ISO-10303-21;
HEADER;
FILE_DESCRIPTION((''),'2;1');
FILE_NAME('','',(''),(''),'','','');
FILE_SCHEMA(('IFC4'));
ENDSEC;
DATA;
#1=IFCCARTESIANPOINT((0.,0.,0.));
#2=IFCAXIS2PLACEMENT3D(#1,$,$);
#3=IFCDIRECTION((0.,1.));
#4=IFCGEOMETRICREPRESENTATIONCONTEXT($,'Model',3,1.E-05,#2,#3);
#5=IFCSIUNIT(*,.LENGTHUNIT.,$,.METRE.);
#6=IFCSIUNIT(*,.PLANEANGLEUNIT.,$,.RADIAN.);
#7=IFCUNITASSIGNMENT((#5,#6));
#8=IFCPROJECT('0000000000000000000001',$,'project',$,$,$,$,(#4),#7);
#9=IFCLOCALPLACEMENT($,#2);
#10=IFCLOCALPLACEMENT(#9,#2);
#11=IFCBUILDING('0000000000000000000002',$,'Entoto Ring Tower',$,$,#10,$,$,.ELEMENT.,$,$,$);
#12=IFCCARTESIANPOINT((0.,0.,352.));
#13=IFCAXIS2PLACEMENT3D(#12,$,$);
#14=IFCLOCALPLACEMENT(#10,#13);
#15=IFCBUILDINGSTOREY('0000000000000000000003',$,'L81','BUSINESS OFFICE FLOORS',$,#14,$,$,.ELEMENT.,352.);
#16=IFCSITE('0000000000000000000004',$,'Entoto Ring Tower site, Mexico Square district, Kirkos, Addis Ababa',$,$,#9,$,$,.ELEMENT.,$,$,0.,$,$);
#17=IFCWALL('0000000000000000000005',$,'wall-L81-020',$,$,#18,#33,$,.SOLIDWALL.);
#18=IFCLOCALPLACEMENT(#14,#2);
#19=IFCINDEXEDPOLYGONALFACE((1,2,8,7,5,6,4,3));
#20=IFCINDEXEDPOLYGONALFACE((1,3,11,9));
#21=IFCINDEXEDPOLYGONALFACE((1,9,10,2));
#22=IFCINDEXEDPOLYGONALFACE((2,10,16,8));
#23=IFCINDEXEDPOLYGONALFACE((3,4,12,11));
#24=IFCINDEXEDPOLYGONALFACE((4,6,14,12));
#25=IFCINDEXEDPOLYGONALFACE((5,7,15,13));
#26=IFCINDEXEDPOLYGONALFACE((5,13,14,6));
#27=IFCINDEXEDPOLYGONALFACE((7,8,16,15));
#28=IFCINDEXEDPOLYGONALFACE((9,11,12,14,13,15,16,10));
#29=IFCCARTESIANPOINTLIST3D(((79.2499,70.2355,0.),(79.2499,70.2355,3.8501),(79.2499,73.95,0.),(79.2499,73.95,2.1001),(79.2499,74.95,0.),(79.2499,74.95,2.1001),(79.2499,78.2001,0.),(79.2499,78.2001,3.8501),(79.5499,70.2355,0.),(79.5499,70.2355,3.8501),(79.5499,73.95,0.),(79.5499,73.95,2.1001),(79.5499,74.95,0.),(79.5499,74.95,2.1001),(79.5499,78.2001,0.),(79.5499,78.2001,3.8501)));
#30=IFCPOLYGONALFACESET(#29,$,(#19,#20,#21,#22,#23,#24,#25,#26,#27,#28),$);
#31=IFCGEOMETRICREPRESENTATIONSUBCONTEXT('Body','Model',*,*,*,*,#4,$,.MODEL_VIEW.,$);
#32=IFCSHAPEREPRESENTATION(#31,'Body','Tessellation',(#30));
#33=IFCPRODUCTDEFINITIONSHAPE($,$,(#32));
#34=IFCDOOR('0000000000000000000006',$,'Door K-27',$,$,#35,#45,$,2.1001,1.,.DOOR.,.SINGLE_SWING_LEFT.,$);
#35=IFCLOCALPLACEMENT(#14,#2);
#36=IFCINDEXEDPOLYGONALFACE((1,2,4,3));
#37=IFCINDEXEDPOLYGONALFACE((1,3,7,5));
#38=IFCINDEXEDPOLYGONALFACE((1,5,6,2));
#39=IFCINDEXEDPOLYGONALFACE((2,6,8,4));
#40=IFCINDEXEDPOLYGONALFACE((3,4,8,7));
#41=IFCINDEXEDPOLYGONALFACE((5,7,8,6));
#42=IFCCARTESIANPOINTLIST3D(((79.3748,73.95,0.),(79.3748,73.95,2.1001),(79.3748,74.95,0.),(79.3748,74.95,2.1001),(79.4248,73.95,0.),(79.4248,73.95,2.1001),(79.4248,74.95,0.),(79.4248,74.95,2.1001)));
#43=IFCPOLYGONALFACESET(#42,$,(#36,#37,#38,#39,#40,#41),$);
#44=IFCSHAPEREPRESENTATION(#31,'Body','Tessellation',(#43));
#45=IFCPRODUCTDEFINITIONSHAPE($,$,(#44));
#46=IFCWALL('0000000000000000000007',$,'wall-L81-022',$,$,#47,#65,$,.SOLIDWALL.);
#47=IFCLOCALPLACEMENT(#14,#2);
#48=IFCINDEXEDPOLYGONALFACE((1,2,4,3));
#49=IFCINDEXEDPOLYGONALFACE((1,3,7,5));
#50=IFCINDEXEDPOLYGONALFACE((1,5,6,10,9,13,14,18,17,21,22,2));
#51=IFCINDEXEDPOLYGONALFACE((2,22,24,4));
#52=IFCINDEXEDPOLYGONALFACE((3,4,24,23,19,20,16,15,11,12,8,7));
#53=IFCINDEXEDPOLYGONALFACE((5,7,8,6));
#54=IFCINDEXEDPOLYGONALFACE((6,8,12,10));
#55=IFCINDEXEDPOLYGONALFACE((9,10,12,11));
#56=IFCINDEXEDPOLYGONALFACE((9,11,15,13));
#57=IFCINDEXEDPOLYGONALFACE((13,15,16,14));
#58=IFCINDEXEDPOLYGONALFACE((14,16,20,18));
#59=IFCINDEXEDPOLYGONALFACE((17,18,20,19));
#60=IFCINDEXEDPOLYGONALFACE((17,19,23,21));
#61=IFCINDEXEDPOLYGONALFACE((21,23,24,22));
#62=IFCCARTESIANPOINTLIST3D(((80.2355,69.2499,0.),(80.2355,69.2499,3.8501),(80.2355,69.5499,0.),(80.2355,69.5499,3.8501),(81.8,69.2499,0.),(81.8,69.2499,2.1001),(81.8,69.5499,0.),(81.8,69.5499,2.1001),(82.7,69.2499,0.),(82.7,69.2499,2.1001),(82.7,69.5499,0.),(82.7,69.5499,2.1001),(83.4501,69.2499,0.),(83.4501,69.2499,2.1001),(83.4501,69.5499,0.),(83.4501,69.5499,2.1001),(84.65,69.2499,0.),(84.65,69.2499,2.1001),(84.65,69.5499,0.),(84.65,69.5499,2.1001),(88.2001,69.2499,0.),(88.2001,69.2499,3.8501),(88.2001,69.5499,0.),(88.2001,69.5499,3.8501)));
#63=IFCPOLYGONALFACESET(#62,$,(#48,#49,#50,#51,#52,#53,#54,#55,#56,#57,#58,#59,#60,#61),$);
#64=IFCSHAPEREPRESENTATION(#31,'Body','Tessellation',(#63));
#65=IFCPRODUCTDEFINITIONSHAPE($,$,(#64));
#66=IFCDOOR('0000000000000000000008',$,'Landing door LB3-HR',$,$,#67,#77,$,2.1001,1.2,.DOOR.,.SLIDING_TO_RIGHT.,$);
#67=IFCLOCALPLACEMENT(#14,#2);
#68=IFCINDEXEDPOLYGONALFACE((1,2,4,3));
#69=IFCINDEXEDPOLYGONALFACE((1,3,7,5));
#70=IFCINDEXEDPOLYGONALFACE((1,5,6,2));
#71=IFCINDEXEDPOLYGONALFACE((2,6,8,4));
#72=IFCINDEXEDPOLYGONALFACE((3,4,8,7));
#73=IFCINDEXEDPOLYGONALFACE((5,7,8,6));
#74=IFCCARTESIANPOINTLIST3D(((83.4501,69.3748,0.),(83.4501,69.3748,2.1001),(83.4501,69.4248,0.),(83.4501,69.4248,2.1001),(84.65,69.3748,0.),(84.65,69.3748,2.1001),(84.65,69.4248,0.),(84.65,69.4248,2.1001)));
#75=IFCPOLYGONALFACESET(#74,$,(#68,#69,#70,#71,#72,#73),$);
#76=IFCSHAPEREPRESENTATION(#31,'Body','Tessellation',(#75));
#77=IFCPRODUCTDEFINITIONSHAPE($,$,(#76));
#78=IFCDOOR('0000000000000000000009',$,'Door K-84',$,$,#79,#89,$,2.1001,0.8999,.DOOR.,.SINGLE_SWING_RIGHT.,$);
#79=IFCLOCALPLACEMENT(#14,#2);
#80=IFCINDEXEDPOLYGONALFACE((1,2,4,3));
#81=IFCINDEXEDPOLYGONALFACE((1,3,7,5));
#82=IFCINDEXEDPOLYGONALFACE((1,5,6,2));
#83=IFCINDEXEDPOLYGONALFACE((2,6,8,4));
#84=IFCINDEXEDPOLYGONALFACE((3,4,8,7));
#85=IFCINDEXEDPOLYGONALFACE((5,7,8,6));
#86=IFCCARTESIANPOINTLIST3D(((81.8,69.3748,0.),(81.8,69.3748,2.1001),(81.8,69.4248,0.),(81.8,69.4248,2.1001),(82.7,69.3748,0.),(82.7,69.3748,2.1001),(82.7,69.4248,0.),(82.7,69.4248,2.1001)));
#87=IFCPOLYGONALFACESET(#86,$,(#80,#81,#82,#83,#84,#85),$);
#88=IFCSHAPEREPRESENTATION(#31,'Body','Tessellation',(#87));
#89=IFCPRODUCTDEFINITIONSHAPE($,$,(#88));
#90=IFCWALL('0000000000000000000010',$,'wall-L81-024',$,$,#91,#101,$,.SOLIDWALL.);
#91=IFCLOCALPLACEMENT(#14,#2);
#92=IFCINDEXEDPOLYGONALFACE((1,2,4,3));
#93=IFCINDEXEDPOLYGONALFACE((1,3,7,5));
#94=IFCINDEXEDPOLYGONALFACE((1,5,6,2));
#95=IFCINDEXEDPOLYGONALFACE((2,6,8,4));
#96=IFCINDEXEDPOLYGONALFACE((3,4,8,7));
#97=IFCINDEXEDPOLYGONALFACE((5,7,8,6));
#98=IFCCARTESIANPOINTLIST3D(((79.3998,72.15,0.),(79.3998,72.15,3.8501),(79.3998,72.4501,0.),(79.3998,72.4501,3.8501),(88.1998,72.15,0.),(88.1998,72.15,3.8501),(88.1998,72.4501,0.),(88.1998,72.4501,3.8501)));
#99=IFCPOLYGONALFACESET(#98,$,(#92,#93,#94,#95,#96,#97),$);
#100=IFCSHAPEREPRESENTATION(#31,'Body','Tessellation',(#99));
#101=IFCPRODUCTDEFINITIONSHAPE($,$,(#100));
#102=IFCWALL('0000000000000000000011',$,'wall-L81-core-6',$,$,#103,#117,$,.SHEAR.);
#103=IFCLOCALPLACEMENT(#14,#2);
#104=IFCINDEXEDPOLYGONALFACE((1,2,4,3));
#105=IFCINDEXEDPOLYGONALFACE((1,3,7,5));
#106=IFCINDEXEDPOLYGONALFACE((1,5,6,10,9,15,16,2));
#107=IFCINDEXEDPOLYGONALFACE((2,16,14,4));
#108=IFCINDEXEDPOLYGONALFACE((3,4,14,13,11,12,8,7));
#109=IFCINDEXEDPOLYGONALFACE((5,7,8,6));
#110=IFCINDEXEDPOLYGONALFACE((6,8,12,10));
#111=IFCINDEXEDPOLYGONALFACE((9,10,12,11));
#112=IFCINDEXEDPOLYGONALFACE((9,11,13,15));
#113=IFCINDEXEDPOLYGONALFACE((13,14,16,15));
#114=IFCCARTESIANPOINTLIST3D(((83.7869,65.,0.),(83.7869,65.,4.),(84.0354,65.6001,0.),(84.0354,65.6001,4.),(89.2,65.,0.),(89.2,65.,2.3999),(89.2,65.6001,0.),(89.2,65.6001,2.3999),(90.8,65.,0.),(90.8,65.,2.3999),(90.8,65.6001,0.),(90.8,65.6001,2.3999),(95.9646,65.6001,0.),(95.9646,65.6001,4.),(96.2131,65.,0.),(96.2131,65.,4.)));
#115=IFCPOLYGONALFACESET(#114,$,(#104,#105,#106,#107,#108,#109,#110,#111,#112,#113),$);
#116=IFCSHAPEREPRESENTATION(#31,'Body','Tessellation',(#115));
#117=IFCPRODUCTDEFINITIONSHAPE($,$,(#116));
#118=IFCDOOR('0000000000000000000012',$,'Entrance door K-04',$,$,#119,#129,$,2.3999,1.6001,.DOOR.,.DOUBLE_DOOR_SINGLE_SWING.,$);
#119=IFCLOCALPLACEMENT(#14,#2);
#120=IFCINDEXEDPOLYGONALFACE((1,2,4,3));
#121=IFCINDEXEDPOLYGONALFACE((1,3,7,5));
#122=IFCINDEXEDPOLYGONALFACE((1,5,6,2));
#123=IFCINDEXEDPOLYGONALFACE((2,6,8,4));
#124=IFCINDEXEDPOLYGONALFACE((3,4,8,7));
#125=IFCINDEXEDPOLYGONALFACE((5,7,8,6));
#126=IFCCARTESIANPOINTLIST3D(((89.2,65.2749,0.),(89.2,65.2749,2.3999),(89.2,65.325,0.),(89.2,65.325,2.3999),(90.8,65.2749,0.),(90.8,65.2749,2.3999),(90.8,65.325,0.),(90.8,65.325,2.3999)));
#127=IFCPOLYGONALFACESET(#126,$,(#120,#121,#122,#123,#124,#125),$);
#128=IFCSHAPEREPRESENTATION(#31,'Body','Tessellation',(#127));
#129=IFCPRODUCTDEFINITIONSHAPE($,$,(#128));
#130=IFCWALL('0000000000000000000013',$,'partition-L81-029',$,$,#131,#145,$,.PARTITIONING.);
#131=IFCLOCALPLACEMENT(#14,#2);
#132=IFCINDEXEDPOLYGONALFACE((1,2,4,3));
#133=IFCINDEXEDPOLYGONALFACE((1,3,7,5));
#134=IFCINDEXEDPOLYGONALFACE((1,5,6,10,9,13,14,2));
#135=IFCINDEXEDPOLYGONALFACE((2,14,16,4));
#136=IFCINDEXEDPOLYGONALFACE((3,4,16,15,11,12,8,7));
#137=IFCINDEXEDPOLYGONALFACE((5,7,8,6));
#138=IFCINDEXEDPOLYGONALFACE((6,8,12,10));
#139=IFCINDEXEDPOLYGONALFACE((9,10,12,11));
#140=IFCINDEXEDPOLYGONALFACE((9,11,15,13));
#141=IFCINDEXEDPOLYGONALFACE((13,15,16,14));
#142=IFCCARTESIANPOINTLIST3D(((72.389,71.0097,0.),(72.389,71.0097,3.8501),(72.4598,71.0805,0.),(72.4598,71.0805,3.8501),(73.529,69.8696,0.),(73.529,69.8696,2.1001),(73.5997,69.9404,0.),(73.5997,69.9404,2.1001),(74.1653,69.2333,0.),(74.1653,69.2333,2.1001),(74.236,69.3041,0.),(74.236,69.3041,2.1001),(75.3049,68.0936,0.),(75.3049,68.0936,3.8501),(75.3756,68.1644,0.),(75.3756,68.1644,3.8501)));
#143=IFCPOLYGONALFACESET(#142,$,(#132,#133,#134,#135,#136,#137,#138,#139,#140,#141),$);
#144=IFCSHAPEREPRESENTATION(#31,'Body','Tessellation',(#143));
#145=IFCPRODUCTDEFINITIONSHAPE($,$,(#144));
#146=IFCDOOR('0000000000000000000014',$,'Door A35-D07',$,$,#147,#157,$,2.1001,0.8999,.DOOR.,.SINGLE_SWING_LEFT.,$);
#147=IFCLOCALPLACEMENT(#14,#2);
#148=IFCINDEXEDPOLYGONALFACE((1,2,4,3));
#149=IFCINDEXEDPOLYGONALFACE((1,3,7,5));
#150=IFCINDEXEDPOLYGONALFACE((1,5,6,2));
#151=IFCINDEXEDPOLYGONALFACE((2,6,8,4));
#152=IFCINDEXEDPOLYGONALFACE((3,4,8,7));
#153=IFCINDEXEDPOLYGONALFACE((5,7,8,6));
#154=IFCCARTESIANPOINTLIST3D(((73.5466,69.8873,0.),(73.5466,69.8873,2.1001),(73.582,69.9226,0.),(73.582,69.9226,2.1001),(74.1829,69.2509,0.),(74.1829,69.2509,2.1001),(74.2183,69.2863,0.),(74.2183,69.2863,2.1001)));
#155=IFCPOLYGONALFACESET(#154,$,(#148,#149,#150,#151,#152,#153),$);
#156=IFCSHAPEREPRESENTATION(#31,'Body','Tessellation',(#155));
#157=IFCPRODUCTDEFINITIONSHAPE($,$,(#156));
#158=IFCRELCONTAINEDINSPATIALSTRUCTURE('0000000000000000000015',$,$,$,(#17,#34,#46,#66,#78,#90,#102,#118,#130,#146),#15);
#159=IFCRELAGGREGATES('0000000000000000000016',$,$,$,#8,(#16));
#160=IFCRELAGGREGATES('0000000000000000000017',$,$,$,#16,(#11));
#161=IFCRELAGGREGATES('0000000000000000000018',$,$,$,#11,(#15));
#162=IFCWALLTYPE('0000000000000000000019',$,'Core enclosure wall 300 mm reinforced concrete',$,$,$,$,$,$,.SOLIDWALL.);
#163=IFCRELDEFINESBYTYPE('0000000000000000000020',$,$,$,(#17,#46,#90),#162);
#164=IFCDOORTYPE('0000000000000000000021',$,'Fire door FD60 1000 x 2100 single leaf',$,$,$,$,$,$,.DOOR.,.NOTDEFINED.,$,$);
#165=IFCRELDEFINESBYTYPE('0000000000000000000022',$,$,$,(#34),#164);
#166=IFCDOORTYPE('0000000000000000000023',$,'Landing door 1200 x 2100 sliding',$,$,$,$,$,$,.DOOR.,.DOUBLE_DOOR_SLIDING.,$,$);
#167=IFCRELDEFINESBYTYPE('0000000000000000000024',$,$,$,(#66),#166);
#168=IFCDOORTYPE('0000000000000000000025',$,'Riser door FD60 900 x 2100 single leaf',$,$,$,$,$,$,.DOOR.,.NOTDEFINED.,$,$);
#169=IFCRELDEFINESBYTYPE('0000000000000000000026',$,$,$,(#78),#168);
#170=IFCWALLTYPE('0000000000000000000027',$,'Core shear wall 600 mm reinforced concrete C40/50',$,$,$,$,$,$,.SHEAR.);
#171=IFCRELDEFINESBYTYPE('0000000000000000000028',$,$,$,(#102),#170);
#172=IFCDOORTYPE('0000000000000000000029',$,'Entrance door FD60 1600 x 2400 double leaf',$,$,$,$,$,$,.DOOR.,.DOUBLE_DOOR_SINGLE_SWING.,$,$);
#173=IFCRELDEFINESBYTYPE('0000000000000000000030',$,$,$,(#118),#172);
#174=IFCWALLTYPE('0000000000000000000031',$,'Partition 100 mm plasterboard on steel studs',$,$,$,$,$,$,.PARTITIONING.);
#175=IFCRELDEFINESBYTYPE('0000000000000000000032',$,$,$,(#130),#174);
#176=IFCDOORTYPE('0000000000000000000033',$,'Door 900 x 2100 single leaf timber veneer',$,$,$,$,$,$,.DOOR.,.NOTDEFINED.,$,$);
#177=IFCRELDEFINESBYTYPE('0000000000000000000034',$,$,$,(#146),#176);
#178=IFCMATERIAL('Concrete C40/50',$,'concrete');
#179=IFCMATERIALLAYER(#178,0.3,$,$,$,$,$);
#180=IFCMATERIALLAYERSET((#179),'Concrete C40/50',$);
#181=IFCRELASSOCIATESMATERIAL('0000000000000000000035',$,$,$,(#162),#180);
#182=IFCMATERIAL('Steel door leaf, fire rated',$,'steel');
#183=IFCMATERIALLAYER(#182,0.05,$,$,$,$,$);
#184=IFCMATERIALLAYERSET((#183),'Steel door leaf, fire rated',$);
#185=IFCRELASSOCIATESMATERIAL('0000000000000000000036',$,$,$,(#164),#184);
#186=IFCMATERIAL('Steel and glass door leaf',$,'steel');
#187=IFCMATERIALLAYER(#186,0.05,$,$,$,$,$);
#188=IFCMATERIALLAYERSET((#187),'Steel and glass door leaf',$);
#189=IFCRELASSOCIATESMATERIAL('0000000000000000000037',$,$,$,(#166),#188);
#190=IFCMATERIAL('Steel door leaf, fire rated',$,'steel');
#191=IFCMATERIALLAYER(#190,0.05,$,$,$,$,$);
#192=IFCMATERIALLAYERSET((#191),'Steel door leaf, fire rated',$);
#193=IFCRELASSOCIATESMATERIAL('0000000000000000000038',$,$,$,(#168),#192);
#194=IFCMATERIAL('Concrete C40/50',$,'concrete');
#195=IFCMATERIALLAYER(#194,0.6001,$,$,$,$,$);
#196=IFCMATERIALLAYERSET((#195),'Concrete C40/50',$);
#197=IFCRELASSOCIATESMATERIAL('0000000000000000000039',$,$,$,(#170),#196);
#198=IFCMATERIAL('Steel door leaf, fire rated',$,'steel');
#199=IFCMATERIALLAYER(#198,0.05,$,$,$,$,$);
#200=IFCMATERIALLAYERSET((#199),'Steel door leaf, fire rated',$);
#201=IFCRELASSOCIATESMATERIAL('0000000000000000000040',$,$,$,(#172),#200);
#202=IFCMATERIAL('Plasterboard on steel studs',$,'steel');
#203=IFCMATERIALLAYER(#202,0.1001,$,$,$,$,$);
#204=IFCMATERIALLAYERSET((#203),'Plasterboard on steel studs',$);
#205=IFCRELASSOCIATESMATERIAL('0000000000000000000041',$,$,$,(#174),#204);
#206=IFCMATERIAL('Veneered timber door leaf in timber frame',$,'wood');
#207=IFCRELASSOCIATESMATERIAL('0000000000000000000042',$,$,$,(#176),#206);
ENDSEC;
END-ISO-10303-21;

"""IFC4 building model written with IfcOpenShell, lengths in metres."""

from ifc_helpers import new_model, si_unit, direction, frame, frame_2d, origin, place, context, subcontext, project, spatial, polyline, rectangle, outline, extrude, material, layer, layer_set, type_object, element, fill, save


model = new_model("IFC4")

# Units and contexts
model_context = context("Model", 3, precision=1e-05, world=origin(), true_north=direction((0.0, 1.0)))
body_context = subcontext(model_context, "Body", "Model", "MODEL_VIEW")
ifc_project = project(units=[si_unit("LENGTHUNIT", "METRE"), si_unit("PLANEANGLEUNIT", "RADIAN")], contexts=[model_context])

# Site, building, storey
site_placement = place(None, origin())
site = spatial("IfcSite", under=ifc_project, at=site_placement, Name="Entoto Ring Tower site, Mexico Square district, Kirkos, Addis Ababa", CompositionType="ELEMENT", RefElevation=0.0)
building_placement = place(site_placement, origin())
building = spatial("IfcBuilding", under=site, at=building_placement, Name="Entoto Ring Tower", CompositionType="ELEMENT")
storey_placement = place(building_placement, frame((0.0, 0.0, 352.0)))
storey = spatial("IfcBuildingStorey", under=building, at=storey_placement, Name="L81", Description="BUSINESS OFFICE FLOORS", CompositionType="ELEMENT", Elevation=352.0)

# Shared definitions
ifc_material_1 = material(Name="Concrete C40/50", Category="concrete")
ifc_layer_1 = layer(ifc_material_1, 0.3)
ifc_layer_set_1 = layer_set([ifc_layer_1], Name="Concrete C40/50")
wall_type_1 = type_object("IfcWallType", Name="Core enclosure wall 300 mm reinforced concrete", PredefinedType="SOLIDWALL", material=ifc_layer_set_1)

# Wall, opening, door
wall_1_placement = place(storey_placement, frame((79.3999, 70.2354, 0.0), z_axis=(0.0, 0.0, 1.0), x_axis=(0.0, 1.0, 0.0)))
wall_1 = element("IfcWall", 1, at=wall_1_placement, inside=storey, type_object=wall_type_1, Name="wall-L81-020", PredefinedType="SOLIDWALL", context=body_context, shape_type="SweptSolid", body=[
    extrude(rectangle(XDim=7.9646, YDim=0.3, at=frame_2d((3.9824, 0.0))), origin(), (0.0, 0.0, 1.0), 3.8501),
])
opening_1_placement = place(wall_1_placement, frame((3.7146, 0.0, 0.0)))
opening_1 = element("IfcOpeningElement", 2, at=opening_1_placement, cuts=wall_1, PredefinedType="OPENING", context=body_context, shape_type="SweptSolid", body=[
    extrude(rectangle(XDim=1.0, YDim=2.1001, at=frame_2d((0.5, 1.05))), frame((0.0, 0.1602, 0.0), z_axis=(0.0, -1.0, 0.0), x_axis=(1.0, 0.0, 0.0)), (0.0, 0.0, 1.0), 0.3201),
])
ifc_material_2 = material(Name="Steel door leaf, fire rated", Category="steel")
ifc_layer_2 = layer(ifc_material_2, 0.05)
ifc_layer_set_2 = layer_set([ifc_layer_2], Name="Steel door leaf, fire rated")
door_type_1 = type_object("IfcDoorType", Name="Fire door FD60 1000 x 2100 single leaf", OperationType="NOTDEFINED", PredefinedType="DOOR", material=ifc_layer_set_2)
door_1_placement = place(opening_1_placement, frame((1.0, 0.0, 0.0), z_axis=(0.0, 0.0, 1.0), x_axis=(-1.0, 0.0, 0.0)))
door_1 = element("IfcDoor", 3, at=door_1_placement, inside=storey, type_object=door_type_1, Name="Door K-27", OperationType="SINGLE_SWING_LEFT", OverallHeight=2.1001, OverallWidth=1.0, PredefinedType="DOOR", context=body_context, shape_type="SweptSolid", body=[
    extrude(rectangle(XDim=1.0, YDim=2.1001, at=frame_2d((0.5, 1.05))), frame((0.0, 0.0249, 0.0), z_axis=(0.0, -1.0, 0.0), x_axis=(1.0, 0.0, 0.0)), (0.0, 0.0, 1.0), 0.05),
])
fill(opening_1, door_1)

# Wall, openings, doors
wall_2_placement = place(storey_placement, frame((80.2354, 69.3999, 0.0), z_axis=(0.0, 0.0, 1.0), x_axis=(1.0, 0.0, 0.0)))
wall_2 = element("IfcWall", 4, at=wall_2_placement, inside=storey, type_object=wall_type_1, Name="wall-L81-022", PredefinedType="SOLIDWALL", context=body_context, shape_type="SweptSolid", body=[
    extrude(rectangle(XDim=7.9646, YDim=0.3, at=frame_2d((3.9824, 0.0))), origin(), (0.0, 0.0, 1.0), 3.8501),
])
opening_2_placement = place(wall_2_placement, frame((3.2146, 0.0, 0.0)))
opening_2 = element("IfcOpeningElement", 5, at=opening_2_placement, cuts=wall_2, PredefinedType="OPENING", context=body_context, shape_type="SweptSolid", body=[
    extrude(rectangle(XDim=1.2, YDim=2.1001, at=frame_2d((0.6001, 1.05))), frame((0.0, 0.1602, 0.0), z_axis=(0.0, -1.0, 0.0), x_axis=(1.0, 0.0, 0.0)), (0.0, 0.0, 1.0), 0.3201),
])
opening_3_placement = place(wall_2_placement, frame((1.5647, 0.0, 0.0)))
opening_3 = element("IfcOpeningElement", 6, at=opening_3_placement, cuts=wall_2, PredefinedType="OPENING", context=body_context, shape_type="SweptSolid", body=[
    extrude(rectangle(XDim=0.8999, YDim=2.1001, at=frame_2d((0.45, 1.05))), frame((0.0, 0.1602, 0.0), z_axis=(0.0, -1.0, 0.0), x_axis=(1.0, 0.0, 0.0)), (0.0, 0.0, 1.0), 0.3201),
])
ifc_material_3 = material(Name="Steel and glass door leaf", Category="steel")
ifc_layer_3 = layer(ifc_material_3, 0.05)
ifc_layer_set_3 = layer_set([ifc_layer_3], Name="Steel and glass door leaf")
door_type_2 = type_object("IfcDoorType", Name="Landing door 1200 x 2100 sliding", OperationType="DOUBLE_DOOR_SLIDING", PredefinedType="DOOR", material=ifc_layer_set_3)
door_2_placement = place(opening_2_placement, origin())
door_2 = element("IfcDoor", 7, at=door_2_placement, inside=storey, type_object=door_type_2, Name="Landing door LB3-HR", OperationType="SLIDING_TO_RIGHT", OverallHeight=2.1001, OverallWidth=1.2, PredefinedType="DOOR", context=body_context, shape_type="SweptSolid", body=[
    extrude(rectangle(XDim=1.2, YDim=2.1001, at=frame_2d((0.6001, 1.05))), frame((0.0, 0.0249, 0.0), z_axis=(0.0, -1.0, 0.0), x_axis=(1.0, 0.0, 0.0)), (0.0, 0.0, 1.0), 0.05),
])
fill(opening_2, door_2)
ifc_material_4 = material(Name="Steel door leaf, fire rated", Category="steel")
ifc_layer_4 = layer(ifc_material_4, 0.05)
ifc_layer_set_4 = layer_set([ifc_layer_4], Name="Steel door leaf, fire rated")
door_type_3 = type_object("IfcDoorType", Name="Riser door FD60 900 x 2100 single leaf", OperationType="NOTDEFINED", PredefinedType="DOOR", material=ifc_layer_set_4)
door_3_placement = place(opening_3_placement, origin())
door_3 = element("IfcDoor", 8, at=door_3_placement, inside=storey, type_object=door_type_3, Name="Door K-84", OperationType="SINGLE_SWING_RIGHT", OverallHeight=2.1001, OverallWidth=0.8999, PredefinedType="DOOR", context=body_context, shape_type="SweptSolid", body=[
    extrude(rectangle(XDim=0.8999, YDim=2.1001, at=frame_2d((0.45, 1.05))), frame((0.0, 0.0249, 0.0), z_axis=(0.0, -1.0, 0.0), x_axis=(1.0, 0.0, 0.0)), (0.0, 0.0, 1.0), 0.05),
])
fill(opening_3, door_3)

# Wall
wall_3_placement = place(storey_placement, frame((79.3999, 72.3, 0.0), z_axis=(0.0, 0.0, 1.0), x_axis=(1.0, 0.0, 0.0)))
element("IfcWall", 9, at=wall_3_placement, inside=storey, type_object=wall_type_1, Name="wall-L81-024", PredefinedType="SOLIDWALL", context=body_context, shape_type="SweptSolid", body=[
    extrude(rectangle(XDim=8.8, YDim=0.3, at=frame_2d((4.3999, 0.0))), origin(), (0.0, 0.0, 1.0), 3.8501),
])

# Walls, openings, doors
ifc_material_5 = material(Name="Concrete C40/50", Category="concrete")
ifc_layer_5 = layer(ifc_material_5, 0.6001)
ifc_layer_set_5 = layer_set([ifc_layer_5], Name="Concrete C40/50")
wall_type_2 = type_object("IfcWallType", Name="Core shear wall 600 mm reinforced concrete C40/50", PredefinedType="SHEAR", material=ifc_layer_set_5)
wall_4_placement = place(storey_placement, frame((83.9111, 65.3, 0.0), z_axis=(0.0, 0.0, 1.0), x_axis=(1.0, 0.0, 0.0)))
wall_4 = element("IfcWall", 10, at=wall_4_placement, inside=storey, type_object=wall_type_2, Name="wall-L81-core-6", PredefinedType="SHEAR", context=body_context, shape_type="SweptSolid", body=[
    extrude(outline(polyline([(-0.1243, -0.3), (12.302, -0.3), (12.0535, 0.3), (0.1243, 0.3), (-0.1243, -0.3)])), origin(), (0.0, 0.0, 1.0), 4.0),
])
opening_4_placement = place(wall_4_placement, frame((5.2888, 0.0, 0.0)))
opening_4 = element("IfcOpeningElement", 11, at=opening_4_placement, cuts=wall_4, PredefinedType="OPENING", context=body_context, shape_type="SweptSolid", body=[
    extrude(rectangle(XDim=1.6001, YDim=2.3999, at=frame_2d((0.8, 1.2))), frame((0.0, 0.3101, 0.0), z_axis=(0.0, -1.0, 0.0), x_axis=(1.0, 0.0, 0.0)), (0.0, 0.0, 1.0), 0.6201),
])
ifc_material_6 = material(Name="Steel door leaf, fire rated", Category="steel")
ifc_layer_6 = layer(ifc_material_6, 0.05)
ifc_layer_set_6 = layer_set([ifc_layer_6], Name="Steel door leaf, fire rated")
door_type_4 = type_object("IfcDoorType", Name="Entrance door FD60 1600 x 2400 double leaf", OperationType="DOUBLE_DOOR_SINGLE_SWING", PredefinedType="DOOR", material=ifc_layer_set_6)
door_4_placement = place(opening_4_placement, origin())
door_4 = element("IfcDoor", 12, at=door_4_placement, inside=storey, type_object=door_type_4, Name="Entrance door K-04", OperationType="DOUBLE_DOOR_SINGLE_SWING", OverallHeight=2.3999, OverallWidth=1.6001, PredefinedType="DOOR", context=body_context, shape_type="SweptSolid", body=[
    extrude(rectangle(XDim=1.6001, YDim=2.3999, at=frame_2d((0.8, 1.2))), frame((0.0, 0.0249, 0.0), z_axis=(0.0, -1.0, 0.0), x_axis=(1.0, 0.0, 0.0)), (0.0, 0.0, 1.0), 0.05),
])
fill(opening_4, door_4)
ifc_material_7 = material(Name="Plasterboard on steel studs", Category="steel")
ifc_layer_7 = layer(ifc_material_7, 0.1001)
ifc_layer_set_7 = layer_set([ifc_layer_7], Name="Plasterboard on steel studs")
wall_type_3 = type_object("IfcWallType", Name="Partition 100 mm plasterboard on steel studs", PredefinedType="PARTITIONING", material=ifc_layer_set_7)
wall_5_placement = place(storey_placement, frame((75.3403, 68.1289, 0.0), z_axis=(0.0, 0.0, 1.0), x_axis=(-0.707077, 0.707136, 0.0)))
wall_5 = element("IfcWall", 13, at=wall_5_placement, inside=storey, type_object=wall_type_3, Name="partition-L81-029", PredefinedType="PARTITIONING", context=body_context, shape_type="SweptSolid", body=[
    extrude(rectangle(XDim=4.1238, YDim=0.1001, at=frame_2d((2.062, 0.0))), origin(), (0.0, 0.0, 1.0), 3.8501),
])
opening_5_placement = place(wall_5_placement, frame((1.6118, 0.0, 0.0)))
opening_5 = element("IfcOpeningElement", 14, at=opening_5_placement, cuts=wall_5, PredefinedType="OPENING", context=body_context, shape_type="SweptSolid", body=[
    extrude(rectangle(XDim=0.8999, YDim=2.1001, at=frame_2d((0.45, 1.05))), frame((0.0, 0.0601, 0.0), z_axis=(0.0, -1.0, 0.0), x_axis=(1.0, 0.0, 0.0)), (0.0, 0.0, 1.0), 0.1201),
])
ifc_material_8 = material(Name="Veneered timber door leaf in timber frame", Category="wood")
door_type_5 = type_object("IfcDoorType", Name="Door 900 x 2100 single leaf timber veneer", OperationType="NOTDEFINED", PredefinedType="DOOR", material=ifc_material_8)
door_5_placement = place(opening_5_placement, frame((0.8999, 0.0, 0.0), z_axis=(0.0, 0.0, 1.0), x_axis=(-1.0, 0.0, 0.0)))
door_5 = element("IfcDoor", 15, at=door_5_placement, inside=storey, type_object=door_type_5, Name="Door A35-D07", OperationType="SINGLE_SWING_LEFT", OverallHeight=2.1001, OverallWidth=0.8999, PredefinedType="DOOR", context=body_context, shape_type="SweptSolid", body=[
    extrude(rectangle(XDim=0.8999, YDim=2.1001, at=frame_2d((0.45, 1.05))), frame((0.0, 0.0249, 0.0), z_axis=(0.0, -1.0, 0.0), x_axis=(1.0, 0.0, 0.0)), (0.0, 0.0, 1.0), 0.05),
])
fill(opening_5, door_5)

save(model, "model.ifc")
